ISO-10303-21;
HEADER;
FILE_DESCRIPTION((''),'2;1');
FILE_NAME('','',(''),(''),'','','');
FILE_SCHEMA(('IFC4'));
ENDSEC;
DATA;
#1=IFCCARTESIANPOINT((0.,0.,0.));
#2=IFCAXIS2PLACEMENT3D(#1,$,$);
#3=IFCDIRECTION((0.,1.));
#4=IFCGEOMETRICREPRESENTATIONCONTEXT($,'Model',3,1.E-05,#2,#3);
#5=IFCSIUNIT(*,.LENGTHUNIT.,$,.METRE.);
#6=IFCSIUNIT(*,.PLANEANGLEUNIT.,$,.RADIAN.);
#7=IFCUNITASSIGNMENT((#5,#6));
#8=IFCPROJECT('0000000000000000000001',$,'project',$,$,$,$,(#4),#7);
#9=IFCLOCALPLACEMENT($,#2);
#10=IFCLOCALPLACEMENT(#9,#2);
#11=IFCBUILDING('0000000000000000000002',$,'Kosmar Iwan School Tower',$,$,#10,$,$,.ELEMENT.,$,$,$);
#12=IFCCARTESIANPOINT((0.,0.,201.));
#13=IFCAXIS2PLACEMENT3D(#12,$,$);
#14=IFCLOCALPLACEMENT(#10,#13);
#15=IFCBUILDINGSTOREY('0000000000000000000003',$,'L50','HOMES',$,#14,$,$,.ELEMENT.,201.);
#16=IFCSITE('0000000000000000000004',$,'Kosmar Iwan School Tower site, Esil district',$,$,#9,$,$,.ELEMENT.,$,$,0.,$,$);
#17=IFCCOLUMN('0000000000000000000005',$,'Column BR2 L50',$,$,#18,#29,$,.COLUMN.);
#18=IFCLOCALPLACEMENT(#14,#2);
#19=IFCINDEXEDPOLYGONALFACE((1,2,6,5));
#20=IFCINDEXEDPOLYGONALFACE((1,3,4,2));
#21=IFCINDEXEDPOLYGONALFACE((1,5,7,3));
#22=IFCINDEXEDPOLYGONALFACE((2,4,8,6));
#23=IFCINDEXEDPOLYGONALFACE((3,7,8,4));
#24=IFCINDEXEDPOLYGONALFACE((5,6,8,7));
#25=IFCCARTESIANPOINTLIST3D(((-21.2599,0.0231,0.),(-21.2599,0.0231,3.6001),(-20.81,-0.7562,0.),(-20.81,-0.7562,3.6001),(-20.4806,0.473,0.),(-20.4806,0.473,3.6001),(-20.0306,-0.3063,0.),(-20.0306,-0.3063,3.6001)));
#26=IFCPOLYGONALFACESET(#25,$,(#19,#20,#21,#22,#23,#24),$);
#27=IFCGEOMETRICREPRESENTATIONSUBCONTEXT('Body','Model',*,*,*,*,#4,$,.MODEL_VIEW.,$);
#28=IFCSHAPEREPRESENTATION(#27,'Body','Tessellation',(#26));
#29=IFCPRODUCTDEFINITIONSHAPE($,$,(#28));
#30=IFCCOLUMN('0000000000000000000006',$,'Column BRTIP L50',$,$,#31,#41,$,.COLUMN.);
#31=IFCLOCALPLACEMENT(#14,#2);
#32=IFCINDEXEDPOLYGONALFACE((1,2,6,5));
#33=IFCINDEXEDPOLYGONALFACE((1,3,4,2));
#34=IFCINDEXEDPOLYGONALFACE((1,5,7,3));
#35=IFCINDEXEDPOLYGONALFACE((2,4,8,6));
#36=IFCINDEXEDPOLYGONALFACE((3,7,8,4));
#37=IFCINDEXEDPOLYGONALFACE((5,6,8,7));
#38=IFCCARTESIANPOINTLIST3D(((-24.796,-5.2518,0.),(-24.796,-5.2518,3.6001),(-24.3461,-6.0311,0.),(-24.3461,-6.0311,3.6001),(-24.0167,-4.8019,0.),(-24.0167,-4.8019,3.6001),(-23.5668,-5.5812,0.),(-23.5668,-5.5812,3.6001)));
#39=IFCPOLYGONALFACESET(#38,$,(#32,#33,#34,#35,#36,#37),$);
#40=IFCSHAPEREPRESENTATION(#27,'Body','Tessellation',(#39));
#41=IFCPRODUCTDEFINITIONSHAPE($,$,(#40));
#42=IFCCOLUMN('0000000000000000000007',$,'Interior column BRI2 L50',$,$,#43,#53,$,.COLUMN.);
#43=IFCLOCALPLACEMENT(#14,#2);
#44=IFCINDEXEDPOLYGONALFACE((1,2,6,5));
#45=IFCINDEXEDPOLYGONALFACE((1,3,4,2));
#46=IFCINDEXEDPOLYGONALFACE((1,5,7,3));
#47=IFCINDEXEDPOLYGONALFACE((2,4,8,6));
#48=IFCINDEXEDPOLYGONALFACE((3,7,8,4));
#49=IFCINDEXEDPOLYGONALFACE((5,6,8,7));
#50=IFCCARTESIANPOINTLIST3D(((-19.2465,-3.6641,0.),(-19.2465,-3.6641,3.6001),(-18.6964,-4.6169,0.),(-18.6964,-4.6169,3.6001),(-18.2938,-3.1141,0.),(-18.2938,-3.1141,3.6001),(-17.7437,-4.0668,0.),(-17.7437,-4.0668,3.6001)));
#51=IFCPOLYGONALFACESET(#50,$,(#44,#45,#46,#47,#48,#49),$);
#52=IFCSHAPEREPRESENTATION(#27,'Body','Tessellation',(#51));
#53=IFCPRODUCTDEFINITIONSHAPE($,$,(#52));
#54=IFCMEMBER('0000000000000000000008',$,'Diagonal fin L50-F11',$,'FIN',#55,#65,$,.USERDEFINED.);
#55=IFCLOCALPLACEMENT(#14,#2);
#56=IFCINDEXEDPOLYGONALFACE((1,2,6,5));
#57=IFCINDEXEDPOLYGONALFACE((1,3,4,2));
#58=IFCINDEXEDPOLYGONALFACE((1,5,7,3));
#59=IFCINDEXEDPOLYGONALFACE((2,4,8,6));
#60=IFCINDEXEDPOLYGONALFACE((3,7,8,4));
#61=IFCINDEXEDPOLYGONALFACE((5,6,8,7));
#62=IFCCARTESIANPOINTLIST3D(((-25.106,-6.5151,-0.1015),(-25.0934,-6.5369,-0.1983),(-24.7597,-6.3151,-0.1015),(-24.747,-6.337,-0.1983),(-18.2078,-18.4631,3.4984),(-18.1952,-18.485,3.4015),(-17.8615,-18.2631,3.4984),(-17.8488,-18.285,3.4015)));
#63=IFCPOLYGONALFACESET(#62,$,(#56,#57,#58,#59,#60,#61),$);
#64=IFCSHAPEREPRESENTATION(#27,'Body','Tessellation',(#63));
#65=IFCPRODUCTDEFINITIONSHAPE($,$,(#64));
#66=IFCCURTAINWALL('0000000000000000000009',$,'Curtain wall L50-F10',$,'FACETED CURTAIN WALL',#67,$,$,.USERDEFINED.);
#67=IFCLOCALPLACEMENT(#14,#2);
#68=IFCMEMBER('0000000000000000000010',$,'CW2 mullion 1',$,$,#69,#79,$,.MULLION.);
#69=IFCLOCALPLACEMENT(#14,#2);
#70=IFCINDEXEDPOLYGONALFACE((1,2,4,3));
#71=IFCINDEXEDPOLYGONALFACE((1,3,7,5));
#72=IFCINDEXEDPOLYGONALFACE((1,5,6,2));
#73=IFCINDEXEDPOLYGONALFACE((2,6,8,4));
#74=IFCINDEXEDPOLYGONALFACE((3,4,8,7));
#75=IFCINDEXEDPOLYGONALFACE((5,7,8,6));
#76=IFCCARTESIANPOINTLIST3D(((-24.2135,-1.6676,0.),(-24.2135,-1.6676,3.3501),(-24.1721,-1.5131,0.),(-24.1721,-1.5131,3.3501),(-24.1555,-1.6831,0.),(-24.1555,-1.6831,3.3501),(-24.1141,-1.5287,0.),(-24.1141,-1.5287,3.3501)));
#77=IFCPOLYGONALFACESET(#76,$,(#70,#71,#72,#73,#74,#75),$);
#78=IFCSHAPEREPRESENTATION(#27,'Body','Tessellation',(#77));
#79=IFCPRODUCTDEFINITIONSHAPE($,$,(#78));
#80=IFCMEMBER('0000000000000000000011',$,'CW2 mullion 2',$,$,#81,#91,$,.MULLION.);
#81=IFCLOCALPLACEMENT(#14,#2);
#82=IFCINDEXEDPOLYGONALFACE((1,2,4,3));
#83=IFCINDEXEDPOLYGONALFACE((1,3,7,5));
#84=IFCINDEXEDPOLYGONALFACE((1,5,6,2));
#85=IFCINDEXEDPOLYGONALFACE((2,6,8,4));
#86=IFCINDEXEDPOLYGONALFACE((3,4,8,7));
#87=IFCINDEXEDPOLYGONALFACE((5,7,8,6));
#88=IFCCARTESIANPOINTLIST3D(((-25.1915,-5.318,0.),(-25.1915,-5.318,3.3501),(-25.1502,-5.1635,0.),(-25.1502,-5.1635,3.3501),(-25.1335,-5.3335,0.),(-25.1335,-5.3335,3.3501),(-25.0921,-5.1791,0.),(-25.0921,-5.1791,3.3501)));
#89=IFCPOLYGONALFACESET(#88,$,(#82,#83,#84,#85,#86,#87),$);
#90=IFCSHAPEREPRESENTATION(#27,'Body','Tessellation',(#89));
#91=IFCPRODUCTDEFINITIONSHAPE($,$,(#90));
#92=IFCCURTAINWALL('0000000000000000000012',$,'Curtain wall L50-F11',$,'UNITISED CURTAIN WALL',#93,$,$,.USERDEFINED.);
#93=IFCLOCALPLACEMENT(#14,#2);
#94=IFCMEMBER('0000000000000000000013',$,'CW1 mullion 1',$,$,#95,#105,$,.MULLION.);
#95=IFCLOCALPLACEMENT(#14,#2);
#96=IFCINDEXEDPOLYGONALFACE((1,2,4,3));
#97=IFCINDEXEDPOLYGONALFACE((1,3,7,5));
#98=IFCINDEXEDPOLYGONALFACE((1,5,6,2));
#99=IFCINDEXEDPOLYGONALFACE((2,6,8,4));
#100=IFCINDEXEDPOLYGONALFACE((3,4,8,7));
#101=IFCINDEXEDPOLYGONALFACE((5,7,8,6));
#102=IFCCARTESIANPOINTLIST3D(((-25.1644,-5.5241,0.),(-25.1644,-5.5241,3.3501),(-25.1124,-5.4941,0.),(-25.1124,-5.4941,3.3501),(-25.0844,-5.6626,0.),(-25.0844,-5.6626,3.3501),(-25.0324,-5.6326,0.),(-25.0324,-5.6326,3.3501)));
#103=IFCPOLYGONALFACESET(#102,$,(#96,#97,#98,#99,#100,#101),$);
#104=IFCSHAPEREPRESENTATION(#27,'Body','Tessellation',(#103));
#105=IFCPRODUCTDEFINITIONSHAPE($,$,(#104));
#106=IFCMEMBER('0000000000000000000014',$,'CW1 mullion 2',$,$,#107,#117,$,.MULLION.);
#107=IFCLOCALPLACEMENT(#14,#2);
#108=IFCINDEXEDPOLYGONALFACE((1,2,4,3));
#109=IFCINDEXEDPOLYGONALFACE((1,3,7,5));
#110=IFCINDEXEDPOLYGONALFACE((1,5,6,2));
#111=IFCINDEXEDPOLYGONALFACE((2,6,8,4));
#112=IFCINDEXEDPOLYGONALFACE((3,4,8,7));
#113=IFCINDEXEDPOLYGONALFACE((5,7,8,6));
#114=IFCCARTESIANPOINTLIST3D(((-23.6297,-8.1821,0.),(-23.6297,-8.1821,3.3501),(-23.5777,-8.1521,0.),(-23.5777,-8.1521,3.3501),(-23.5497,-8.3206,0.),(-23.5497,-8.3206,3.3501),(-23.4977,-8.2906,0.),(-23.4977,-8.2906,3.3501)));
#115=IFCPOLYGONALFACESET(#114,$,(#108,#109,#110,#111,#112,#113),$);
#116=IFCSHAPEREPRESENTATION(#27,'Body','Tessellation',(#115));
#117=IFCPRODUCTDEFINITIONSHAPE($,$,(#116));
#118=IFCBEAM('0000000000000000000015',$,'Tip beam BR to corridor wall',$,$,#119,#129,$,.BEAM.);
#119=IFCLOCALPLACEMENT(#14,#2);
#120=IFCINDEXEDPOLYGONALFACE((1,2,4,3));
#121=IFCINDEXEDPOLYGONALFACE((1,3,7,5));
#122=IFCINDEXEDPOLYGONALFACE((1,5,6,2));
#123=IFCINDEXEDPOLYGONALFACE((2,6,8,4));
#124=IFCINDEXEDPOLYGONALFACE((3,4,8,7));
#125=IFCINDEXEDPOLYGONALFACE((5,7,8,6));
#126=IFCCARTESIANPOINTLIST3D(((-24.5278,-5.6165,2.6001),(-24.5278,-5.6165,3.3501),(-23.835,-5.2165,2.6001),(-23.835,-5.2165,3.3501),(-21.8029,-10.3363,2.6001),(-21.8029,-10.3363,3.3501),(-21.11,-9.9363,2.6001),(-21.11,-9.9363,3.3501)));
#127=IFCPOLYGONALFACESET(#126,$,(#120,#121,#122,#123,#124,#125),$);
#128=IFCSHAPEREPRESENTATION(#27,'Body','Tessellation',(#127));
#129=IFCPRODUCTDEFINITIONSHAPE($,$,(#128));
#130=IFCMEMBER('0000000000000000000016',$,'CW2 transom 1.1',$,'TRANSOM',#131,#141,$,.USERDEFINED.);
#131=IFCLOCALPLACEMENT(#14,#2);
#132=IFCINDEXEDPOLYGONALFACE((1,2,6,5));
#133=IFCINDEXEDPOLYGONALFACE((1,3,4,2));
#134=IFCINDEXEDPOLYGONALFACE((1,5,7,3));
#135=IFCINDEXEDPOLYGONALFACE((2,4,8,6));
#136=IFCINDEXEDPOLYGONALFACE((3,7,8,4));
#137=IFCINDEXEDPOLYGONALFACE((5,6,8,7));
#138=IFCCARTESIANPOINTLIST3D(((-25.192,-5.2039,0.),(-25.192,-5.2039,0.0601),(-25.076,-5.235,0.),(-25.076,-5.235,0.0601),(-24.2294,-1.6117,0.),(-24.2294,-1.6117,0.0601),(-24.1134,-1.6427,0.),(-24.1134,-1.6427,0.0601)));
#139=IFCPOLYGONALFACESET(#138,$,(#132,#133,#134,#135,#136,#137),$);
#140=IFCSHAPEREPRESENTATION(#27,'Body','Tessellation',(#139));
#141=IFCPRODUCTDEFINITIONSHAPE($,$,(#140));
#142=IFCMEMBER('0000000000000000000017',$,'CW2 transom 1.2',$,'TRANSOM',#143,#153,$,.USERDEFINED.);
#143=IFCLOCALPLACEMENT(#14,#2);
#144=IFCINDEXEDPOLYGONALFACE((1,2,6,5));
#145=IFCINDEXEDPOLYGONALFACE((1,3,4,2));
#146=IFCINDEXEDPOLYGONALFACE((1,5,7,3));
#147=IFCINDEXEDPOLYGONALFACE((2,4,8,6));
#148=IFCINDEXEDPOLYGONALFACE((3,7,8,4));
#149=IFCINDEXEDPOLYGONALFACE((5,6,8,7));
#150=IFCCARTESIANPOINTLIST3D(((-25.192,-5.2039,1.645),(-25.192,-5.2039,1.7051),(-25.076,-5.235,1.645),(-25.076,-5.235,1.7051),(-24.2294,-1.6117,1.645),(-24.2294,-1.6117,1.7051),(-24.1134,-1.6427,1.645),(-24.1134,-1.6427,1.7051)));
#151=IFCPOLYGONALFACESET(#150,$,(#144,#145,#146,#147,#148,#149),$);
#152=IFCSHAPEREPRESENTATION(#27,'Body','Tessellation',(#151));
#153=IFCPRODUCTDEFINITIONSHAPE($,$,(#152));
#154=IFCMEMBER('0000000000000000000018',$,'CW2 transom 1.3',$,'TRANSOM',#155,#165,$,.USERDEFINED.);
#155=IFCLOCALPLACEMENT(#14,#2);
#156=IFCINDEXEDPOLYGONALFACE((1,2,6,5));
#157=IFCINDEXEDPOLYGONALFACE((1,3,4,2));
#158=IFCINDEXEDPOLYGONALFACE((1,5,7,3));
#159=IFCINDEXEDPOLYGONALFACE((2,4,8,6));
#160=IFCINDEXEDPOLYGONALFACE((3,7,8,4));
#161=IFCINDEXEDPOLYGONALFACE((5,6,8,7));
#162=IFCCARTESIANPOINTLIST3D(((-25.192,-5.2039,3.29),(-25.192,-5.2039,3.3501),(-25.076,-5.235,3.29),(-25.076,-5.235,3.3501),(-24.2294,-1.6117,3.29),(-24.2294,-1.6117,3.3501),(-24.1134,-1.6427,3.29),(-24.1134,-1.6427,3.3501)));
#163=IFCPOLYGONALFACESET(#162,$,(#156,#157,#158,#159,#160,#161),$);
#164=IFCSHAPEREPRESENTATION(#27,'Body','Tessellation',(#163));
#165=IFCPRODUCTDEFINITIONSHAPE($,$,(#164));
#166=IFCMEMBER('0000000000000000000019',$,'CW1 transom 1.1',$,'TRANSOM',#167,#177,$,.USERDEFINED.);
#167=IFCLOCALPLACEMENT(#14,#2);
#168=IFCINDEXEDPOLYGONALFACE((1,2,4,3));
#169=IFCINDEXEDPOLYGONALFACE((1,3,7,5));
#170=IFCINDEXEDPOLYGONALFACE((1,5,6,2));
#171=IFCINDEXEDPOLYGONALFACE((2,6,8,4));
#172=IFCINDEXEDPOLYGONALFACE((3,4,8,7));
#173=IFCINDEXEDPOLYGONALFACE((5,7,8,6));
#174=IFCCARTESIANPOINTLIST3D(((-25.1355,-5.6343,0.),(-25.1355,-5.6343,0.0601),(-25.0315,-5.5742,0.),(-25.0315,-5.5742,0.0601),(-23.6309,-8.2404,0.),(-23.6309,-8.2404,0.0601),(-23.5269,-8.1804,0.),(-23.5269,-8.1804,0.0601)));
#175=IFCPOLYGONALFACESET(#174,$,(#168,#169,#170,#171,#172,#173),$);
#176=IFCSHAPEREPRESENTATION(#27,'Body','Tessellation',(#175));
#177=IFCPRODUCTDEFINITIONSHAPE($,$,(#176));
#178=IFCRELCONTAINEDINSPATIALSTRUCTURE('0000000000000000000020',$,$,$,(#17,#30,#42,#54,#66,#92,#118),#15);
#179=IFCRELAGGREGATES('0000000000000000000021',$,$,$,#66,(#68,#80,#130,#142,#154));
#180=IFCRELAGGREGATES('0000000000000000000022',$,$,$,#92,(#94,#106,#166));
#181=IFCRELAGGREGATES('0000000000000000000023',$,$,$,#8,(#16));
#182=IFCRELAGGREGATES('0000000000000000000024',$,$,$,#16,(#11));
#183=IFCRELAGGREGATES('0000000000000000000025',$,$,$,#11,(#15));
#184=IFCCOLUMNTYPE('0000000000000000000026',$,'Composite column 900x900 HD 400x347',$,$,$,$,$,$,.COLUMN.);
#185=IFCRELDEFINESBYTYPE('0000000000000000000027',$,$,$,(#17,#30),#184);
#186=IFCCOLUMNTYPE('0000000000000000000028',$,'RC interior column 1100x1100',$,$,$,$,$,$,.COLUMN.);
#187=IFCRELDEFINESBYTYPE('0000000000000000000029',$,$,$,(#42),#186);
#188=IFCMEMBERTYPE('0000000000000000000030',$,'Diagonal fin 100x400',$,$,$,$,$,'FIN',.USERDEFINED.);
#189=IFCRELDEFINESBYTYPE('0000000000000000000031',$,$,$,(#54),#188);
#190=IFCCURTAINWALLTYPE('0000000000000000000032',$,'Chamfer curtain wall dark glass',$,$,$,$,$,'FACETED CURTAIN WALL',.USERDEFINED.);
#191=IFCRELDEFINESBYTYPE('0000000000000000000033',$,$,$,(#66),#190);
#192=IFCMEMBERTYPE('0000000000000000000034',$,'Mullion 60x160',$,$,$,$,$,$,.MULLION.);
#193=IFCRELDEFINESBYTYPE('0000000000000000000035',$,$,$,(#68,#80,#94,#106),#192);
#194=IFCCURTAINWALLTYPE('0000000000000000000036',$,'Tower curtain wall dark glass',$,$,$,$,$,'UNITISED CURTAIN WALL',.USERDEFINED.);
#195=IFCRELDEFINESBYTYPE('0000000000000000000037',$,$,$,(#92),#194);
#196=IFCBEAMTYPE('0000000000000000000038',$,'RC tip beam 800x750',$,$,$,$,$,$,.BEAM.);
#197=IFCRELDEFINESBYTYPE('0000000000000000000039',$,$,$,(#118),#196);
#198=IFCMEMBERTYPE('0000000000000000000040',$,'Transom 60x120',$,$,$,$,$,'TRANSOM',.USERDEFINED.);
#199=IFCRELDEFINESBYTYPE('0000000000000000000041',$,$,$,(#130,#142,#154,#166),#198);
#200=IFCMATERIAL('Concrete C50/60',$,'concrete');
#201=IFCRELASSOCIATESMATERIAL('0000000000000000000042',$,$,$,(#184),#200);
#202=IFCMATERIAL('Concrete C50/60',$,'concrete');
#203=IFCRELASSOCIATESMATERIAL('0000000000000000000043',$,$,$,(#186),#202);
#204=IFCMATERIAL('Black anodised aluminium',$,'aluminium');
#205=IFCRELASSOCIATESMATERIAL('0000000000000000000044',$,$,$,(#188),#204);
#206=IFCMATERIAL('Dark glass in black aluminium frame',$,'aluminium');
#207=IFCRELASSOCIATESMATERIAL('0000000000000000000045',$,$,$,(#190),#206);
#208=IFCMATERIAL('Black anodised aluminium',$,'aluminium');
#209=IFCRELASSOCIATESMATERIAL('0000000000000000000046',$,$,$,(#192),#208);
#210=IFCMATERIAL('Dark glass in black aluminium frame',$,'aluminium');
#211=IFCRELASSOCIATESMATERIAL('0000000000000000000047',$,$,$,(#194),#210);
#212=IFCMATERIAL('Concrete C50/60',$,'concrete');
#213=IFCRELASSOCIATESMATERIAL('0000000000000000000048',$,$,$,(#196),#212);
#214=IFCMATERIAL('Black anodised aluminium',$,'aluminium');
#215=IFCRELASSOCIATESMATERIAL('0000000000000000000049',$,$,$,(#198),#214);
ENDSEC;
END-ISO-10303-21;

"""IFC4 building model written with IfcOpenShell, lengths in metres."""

from ifc_helpers import new_model, si_unit, direction, frame, origin, origin_2d, place, context, subcontext, project, spatial, rectangle, extrude, material, material_profile, profile_set, type_object, element, aggregate, save


model = new_model("IFC4")

# Units and contexts
model_context = context("Model", 3, precision=1e-05, world=origin(), true_north=direction((0.0, 1.0)))
body_context = subcontext(model_context, "Body", "Model", "MODEL_VIEW")
ifc_project = project(units=[si_unit("LENGTHUNIT", "METRE"), si_unit("PLANEANGLEUNIT", "RADIAN")], contexts=[model_context])

# Site, building, storey
site_placement = place(None, origin())
site = spatial("IfcSite", under=ifc_project, at=site_placement, Name="Kosmar Iwan School Tower site, Esil district", CompositionType="ELEMENT", RefElevation=0.0)
building_placement = place(site_placement, origin())
building = spatial("IfcBuilding", under=site, at=building_placement, Name="Kosmar Iwan School Tower", CompositionType="ELEMENT")
storey_placement = place(building_placement, frame((0.0, 0.0, 201.0)))
storey = spatial("IfcBuildingStorey", under=building, at=storey_placement, Name="L50", Description="HOMES", CompositionType="ELEMENT", Elevation=201.0)

# Columns
ifc_material_1 = material(Name="Concrete C50/60", Category="concrete")
ifc_material_profile_1 = material_profile(ifc_material_1, rectangle(XDim=0.8999, YDim=0.8999, at=origin_2d()), Name="RC 900x900 + HD 400x347")
ifc_profile_set_1 = profile_set([ifc_material_profile_1], Name="Concrete C50/60")
column_type_1 = type_object("IfcColumnType", Name="Composite column 900x900 HD 400x347", PredefinedType="COLUMN", material=ifc_profile_set_1)
for number, where, z_axis, x_axis, name in (
    (1, (-20.6453, -0.1416, 0.0), (0.0, 0.0, 1.0), (-0.866025, -0.5, 0.0), "Column BR2 L50"),
    (2, (-24.1814, -5.4165, 0.0), (0.0, 0.0, 1.0), (-0.866025, -0.5, 0.0), "Column BRTIP L50"),
):
    element("IfcColumn", number, at=place(storey_placement, frame(where, z_axis=z_axis, x_axis=x_axis)), inside=storey, type_object=column_type_1, Name=name, PredefinedType="COLUMN", context=body_context, shape_type="SweptSolid", body=[
        extrude(rectangle(XDim=0.8999, YDim=0.8999, at=origin_2d()), origin(), (0.0, 0.0, 1.0), 3.6001),
    ])
ifc_material_2 = material(Name="Concrete C50/60", Category="concrete")
ifc_material_profile_2 = material_profile(ifc_material_2, rectangle(XDim=1.1001, YDim=1.1001, at=origin_2d()), Name="RC 1100x1100")
ifc_profile_set_2 = profile_set([ifc_material_profile_2], Name="Concrete C50/60")
column_type_2 = type_object("IfcColumnType", Name="RC interior column 1100x1100", PredefinedType="COLUMN", material=ifc_profile_set_2)
column_placement = place(storey_placement, frame((-18.4951, -3.8655, 0.0), z_axis=(0.0, 0.0, 1.0), x_axis=(-0.866025, -0.5, 0.0)))
element("IfcColumn", 3, at=column_placement, inside=storey, type_object=column_type_2, Name="Interior column BRI2 L50", PredefinedType="COLUMN", context=body_context, shape_type="SweptSolid", body=[
    extrude(rectangle(XDim=1.1001, YDim=1.1001, at=origin_2d()), origin(), (0.0, 0.0, 1.0), 3.6001),
])

# Member
ifc_material_3 = material(Name="Black anodised aluminium", Category="aluminium")
ifc_material_profile_3 = material_profile(ifc_material_3, rectangle(XDim=0.1001, YDim=0.3999, at=origin_2d()), Name="FIN 100x400")
ifc_profile_set_3 = profile_set([ifc_material_profile_3], Name="Black anodised aluminium")
member_type_1 = type_object("IfcMemberType", Name="Diagonal fin 100x400", ElementType="FIN", PredefinedType="USERDEFINED", material=ifc_profile_set_3)
member_1_placement = place(storey_placement, frame((-24.9265, -6.426, -0.1499), z_axis=(0.483802, -0.837969, 0.252475), x_axis=(-0.126237, 0.218649, 0.967604)))
element("IfcMember", 4, at=member_1_placement, inside=storey, type_object=member_type_1, Name="Diagonal fin L50-F11", ObjectType="FIN", PredefinedType="USERDEFINED", context=body_context, shape_type="SweptSolid", body=[
    extrude(rectangle(XDim=0.1001, YDim=0.3999, at=origin_2d()), origin(), (0.0, 0.0, 1.0), 14.2583),
])

# Curtain walls, members
ifc_material_4 = material(Name="Dark glass in black aluminium frame", Category="aluminium")
curtain_wall_type_1 = type_object("IfcCurtainWallType", Name="Chamfer curtain wall dark glass", ElementType="FACETED CURTAIN WALL", PredefinedType="USERDEFINED", material=ifc_material_4)
curtain_wall_1_placement = place(storey_placement, origin())
curtain_wall_1 = element("IfcCurtainWall", 5, at=curtain_wall_1_placement, inside=storey, type_object=curtain_wall_type_1, Name="Curtain wall L50-F10", ObjectType="FACETED CURTAIN WALL", PredefinedType="USERDEFINED")
ifc_material_5 = material(Name="Black anodised aluminium", Category="aluminium")
ifc_material_profile_4 = material_profile(ifc_material_5, rectangle(XDim=0.0601, YDim=0.1599, at=origin_2d()), Name="MULLION 60x160")
ifc_profile_set_4 = profile_set([ifc_material_profile_4], Name="Black anodised aluminium")
member_type_2 = type_object("IfcMemberType", Name="Mullion 60x160", PredefinedType="MULLION", material=ifc_profile_set_4)
member_2_placement = place(storey_placement, frame((-24.1638, -1.5981, 0.0), z_axis=(0.0, 0.0, 1.0), x_axis=(0.965926, -0.258819, 0.0)))
member_2 = element("IfcMember", 6, at=member_2_placement, type_object=member_type_2, Name="CW2 mullion 1", PredefinedType="MULLION", context=body_context, shape_type="SweptSolid", body=[
    extrude(rectangle(XDim=0.0601, YDim=0.1599, at=origin_2d()), origin(), (0.0, 0.0, 1.0), 3.3501),
])
member_3_placement = place(storey_placement, frame((-25.1418, -5.2485, 0.0), z_axis=(0.0, 0.0, 1.0), x_axis=(0.965926, -0.258819, 0.0)))
member_3 = element("IfcMember", 7, at=member_3_placement, type_object=member_type_2, Name="CW2 mullion 2", PredefinedType="MULLION", context=body_context, shape_type="SweptSolid", body=[
    extrude(rectangle(XDim=0.0601, YDim=0.1599, at=origin_2d()), origin(), (0.0, 0.0, 1.0), 3.3501),
])
ifc_material_6 = material(Name="Dark glass in black aluminium frame", Category="aluminium")
curtain_wall_type_2 = type_object("IfcCurtainWallType", Name="Tower curtain wall dark glass", ElementType="UNITISED CURTAIN WALL", PredefinedType="USERDEFINED", material=ifc_material_6)
curtain_wall_2_placement = place(storey_placement, origin())
curtain_wall_2 = element("IfcCurtainWall", 8, at=curtain_wall_2_placement, inside=storey, type_object=curtain_wall_type_2, Name="Curtain wall L50-F11", ObjectType="UNITISED CURTAIN WALL", PredefinedType="USERDEFINED")
member_4_placement = place(storey_placement, frame((-25.0984, -5.5784, 0.0), z_axis=(0.0, 0.0, 1.0), x_axis=(0.866025, 0.5, 0.0)))
member_4 = element("IfcMember", 9, at=member_4_placement, type_object=member_type_2, Name="CW1 mullion 1", PredefinedType="MULLION", context=body_context, shape_type="SweptSolid", body=[
    extrude(rectangle(XDim=0.0601, YDim=0.1599, at=origin_2d()), origin(), (0.0, 0.0, 1.0), 3.3501),
])
member_5_placement = place(storey_placement, frame((-23.5637, -8.2363, 0.0), z_axis=(0.0, 0.0, 1.0), x_axis=(0.866025, 0.5, 0.0)))
member_5 = element("IfcMember", 10, at=member_5_placement, type_object=member_type_2, Name="CW1 mullion 2", PredefinedType="MULLION", context=body_context, shape_type="SweptSolid", body=[
    extrude(rectangle(XDim=0.0601, YDim=0.1599, at=origin_2d()), origin(), (0.0, 0.0, 1.0), 3.3501),
])

# Beam
ifc_material_7 = material(Name="Concrete C50/60", Category="concrete")
ifc_material_profile_5 = material_profile(ifc_material_7, rectangle(XDim=0.8, YDim=0.75, at=origin_2d()), Name="RC 800x750")
ifc_profile_set_5 = profile_set([ifc_material_profile_5], Name="Concrete C50/60")
beam_type = type_object("IfcBeamType", Name="RC tip beam 800x750", PredefinedType="BEAM", material=ifc_profile_set_5)
beam_placement = place(storey_placement, frame((-24.1814, -5.4165, 2.9751), z_axis=(0.499989, -0.866032, 0.0), x_axis=(0.866032, 0.499989, 0.0)))
element("IfcBeam", 11, at=beam_placement, inside=storey, type_object=beam_type, Name="Tip beam BR to corridor wall", PredefinedType="BEAM", context=body_context, shape_type="SweptSolid", body=[
    extrude(rectangle(XDim=0.8, YDim=0.75, at=origin_2d()), origin(), (0.0, 0.0, 1.0), 5.45),
])

# Members
ifc_material_8 = material(Name="Black anodised aluminium", Category="aluminium")
ifc_material_profile_6 = material_profile(ifc_material_8, rectangle(XDim=0.1201, YDim=0.0601, at=origin_2d()), Name="TRANSOM 60x120")
ifc_profile_set_6 = profile_set([ifc_material_profile_6], Name="Black anodised aluminium")
member_type_3 = type_object("IfcMemberType", Name="Transom 60x120", ElementType="TRANSOM", PredefinedType="USERDEFINED", material=ifc_profile_set_6)
member_6_placement = place(storey_placement, frame((-24.1714, -1.6272, 0.03), z_axis=(-0.258843, -0.965919, 0.0), x_axis=(0.965919, -0.258843, 0.0)))
member_6 = element("IfcMember", 12, at=member_6_placement, type_object=member_type_3, Name="CW2 transom 1.1", ObjectType="TRANSOM", PredefinedType="USERDEFINED", context=body_context, shape_type="SweptSolid", body=[
    extrude(rectangle(XDim=0.1201, YDim=0.0601, at=origin_2d()), origin(), (0.0, 0.0, 1.0), 3.719),
])
member_7_placement = place(storey_placement, frame((-24.1714, -1.6272, 1.675), z_axis=(-0.258843, -0.965919, 0.0), x_axis=(0.965919, -0.258843, 0.0)))
member_7 = element("IfcMember", 13, at=member_7_placement, type_object=member_type_3, Name="CW2 transom 1.2", ObjectType="TRANSOM", PredefinedType="USERDEFINED", context=body_context, shape_type="SweptSolid", body=[
    extrude(rectangle(XDim=0.1201, YDim=0.0601, at=origin_2d()), origin(), (0.0, 0.0, 1.0), 3.719),
])
member_8_placement = place(storey_placement, frame((-24.1714, -1.6272, 3.3201), z_axis=(-0.258843, -0.965919, 0.0), x_axis=(0.965919, -0.258843, 0.0)))
member_8 = element("IfcMember", 14, at=member_8_placement, type_object=member_type_3, Name="CW2 transom 1.3", ObjectType="TRANSOM", PredefinedType="USERDEFINED", context=body_context, shape_type="SweptSolid", body=[
    extrude(rectangle(XDim=0.1201, YDim=0.0601, at=origin_2d()), origin(), (0.0, 0.0, 1.0), 3.719),
])
member_9_placement = place(storey_placement, frame((-25.0835, -5.6042, 0.03), z_axis=(0.499987, -0.866033, 0.0), x_axis=(0.866033, 0.499987, 0.0)))
member_9 = element("IfcMember", 15, at=member_9_placement, type_object=member_type_3, Name="CW1 transom 1.1", ObjectType="TRANSOM", PredefinedType="USERDEFINED", context=body_context, shape_type="SweptSolid", body=[
    extrude(rectangle(XDim=0.1201, YDim=0.0601, at=origin_2d()), origin(), (0.0, 0.0, 1.0), 3.0093),
])

aggregate(curtain_wall_1, [member_2, member_3, member_6, member_7, member_8])
aggregate(curtain_wall_2, [member_4, member_5, member_9])

save(model, "model.ifc")
